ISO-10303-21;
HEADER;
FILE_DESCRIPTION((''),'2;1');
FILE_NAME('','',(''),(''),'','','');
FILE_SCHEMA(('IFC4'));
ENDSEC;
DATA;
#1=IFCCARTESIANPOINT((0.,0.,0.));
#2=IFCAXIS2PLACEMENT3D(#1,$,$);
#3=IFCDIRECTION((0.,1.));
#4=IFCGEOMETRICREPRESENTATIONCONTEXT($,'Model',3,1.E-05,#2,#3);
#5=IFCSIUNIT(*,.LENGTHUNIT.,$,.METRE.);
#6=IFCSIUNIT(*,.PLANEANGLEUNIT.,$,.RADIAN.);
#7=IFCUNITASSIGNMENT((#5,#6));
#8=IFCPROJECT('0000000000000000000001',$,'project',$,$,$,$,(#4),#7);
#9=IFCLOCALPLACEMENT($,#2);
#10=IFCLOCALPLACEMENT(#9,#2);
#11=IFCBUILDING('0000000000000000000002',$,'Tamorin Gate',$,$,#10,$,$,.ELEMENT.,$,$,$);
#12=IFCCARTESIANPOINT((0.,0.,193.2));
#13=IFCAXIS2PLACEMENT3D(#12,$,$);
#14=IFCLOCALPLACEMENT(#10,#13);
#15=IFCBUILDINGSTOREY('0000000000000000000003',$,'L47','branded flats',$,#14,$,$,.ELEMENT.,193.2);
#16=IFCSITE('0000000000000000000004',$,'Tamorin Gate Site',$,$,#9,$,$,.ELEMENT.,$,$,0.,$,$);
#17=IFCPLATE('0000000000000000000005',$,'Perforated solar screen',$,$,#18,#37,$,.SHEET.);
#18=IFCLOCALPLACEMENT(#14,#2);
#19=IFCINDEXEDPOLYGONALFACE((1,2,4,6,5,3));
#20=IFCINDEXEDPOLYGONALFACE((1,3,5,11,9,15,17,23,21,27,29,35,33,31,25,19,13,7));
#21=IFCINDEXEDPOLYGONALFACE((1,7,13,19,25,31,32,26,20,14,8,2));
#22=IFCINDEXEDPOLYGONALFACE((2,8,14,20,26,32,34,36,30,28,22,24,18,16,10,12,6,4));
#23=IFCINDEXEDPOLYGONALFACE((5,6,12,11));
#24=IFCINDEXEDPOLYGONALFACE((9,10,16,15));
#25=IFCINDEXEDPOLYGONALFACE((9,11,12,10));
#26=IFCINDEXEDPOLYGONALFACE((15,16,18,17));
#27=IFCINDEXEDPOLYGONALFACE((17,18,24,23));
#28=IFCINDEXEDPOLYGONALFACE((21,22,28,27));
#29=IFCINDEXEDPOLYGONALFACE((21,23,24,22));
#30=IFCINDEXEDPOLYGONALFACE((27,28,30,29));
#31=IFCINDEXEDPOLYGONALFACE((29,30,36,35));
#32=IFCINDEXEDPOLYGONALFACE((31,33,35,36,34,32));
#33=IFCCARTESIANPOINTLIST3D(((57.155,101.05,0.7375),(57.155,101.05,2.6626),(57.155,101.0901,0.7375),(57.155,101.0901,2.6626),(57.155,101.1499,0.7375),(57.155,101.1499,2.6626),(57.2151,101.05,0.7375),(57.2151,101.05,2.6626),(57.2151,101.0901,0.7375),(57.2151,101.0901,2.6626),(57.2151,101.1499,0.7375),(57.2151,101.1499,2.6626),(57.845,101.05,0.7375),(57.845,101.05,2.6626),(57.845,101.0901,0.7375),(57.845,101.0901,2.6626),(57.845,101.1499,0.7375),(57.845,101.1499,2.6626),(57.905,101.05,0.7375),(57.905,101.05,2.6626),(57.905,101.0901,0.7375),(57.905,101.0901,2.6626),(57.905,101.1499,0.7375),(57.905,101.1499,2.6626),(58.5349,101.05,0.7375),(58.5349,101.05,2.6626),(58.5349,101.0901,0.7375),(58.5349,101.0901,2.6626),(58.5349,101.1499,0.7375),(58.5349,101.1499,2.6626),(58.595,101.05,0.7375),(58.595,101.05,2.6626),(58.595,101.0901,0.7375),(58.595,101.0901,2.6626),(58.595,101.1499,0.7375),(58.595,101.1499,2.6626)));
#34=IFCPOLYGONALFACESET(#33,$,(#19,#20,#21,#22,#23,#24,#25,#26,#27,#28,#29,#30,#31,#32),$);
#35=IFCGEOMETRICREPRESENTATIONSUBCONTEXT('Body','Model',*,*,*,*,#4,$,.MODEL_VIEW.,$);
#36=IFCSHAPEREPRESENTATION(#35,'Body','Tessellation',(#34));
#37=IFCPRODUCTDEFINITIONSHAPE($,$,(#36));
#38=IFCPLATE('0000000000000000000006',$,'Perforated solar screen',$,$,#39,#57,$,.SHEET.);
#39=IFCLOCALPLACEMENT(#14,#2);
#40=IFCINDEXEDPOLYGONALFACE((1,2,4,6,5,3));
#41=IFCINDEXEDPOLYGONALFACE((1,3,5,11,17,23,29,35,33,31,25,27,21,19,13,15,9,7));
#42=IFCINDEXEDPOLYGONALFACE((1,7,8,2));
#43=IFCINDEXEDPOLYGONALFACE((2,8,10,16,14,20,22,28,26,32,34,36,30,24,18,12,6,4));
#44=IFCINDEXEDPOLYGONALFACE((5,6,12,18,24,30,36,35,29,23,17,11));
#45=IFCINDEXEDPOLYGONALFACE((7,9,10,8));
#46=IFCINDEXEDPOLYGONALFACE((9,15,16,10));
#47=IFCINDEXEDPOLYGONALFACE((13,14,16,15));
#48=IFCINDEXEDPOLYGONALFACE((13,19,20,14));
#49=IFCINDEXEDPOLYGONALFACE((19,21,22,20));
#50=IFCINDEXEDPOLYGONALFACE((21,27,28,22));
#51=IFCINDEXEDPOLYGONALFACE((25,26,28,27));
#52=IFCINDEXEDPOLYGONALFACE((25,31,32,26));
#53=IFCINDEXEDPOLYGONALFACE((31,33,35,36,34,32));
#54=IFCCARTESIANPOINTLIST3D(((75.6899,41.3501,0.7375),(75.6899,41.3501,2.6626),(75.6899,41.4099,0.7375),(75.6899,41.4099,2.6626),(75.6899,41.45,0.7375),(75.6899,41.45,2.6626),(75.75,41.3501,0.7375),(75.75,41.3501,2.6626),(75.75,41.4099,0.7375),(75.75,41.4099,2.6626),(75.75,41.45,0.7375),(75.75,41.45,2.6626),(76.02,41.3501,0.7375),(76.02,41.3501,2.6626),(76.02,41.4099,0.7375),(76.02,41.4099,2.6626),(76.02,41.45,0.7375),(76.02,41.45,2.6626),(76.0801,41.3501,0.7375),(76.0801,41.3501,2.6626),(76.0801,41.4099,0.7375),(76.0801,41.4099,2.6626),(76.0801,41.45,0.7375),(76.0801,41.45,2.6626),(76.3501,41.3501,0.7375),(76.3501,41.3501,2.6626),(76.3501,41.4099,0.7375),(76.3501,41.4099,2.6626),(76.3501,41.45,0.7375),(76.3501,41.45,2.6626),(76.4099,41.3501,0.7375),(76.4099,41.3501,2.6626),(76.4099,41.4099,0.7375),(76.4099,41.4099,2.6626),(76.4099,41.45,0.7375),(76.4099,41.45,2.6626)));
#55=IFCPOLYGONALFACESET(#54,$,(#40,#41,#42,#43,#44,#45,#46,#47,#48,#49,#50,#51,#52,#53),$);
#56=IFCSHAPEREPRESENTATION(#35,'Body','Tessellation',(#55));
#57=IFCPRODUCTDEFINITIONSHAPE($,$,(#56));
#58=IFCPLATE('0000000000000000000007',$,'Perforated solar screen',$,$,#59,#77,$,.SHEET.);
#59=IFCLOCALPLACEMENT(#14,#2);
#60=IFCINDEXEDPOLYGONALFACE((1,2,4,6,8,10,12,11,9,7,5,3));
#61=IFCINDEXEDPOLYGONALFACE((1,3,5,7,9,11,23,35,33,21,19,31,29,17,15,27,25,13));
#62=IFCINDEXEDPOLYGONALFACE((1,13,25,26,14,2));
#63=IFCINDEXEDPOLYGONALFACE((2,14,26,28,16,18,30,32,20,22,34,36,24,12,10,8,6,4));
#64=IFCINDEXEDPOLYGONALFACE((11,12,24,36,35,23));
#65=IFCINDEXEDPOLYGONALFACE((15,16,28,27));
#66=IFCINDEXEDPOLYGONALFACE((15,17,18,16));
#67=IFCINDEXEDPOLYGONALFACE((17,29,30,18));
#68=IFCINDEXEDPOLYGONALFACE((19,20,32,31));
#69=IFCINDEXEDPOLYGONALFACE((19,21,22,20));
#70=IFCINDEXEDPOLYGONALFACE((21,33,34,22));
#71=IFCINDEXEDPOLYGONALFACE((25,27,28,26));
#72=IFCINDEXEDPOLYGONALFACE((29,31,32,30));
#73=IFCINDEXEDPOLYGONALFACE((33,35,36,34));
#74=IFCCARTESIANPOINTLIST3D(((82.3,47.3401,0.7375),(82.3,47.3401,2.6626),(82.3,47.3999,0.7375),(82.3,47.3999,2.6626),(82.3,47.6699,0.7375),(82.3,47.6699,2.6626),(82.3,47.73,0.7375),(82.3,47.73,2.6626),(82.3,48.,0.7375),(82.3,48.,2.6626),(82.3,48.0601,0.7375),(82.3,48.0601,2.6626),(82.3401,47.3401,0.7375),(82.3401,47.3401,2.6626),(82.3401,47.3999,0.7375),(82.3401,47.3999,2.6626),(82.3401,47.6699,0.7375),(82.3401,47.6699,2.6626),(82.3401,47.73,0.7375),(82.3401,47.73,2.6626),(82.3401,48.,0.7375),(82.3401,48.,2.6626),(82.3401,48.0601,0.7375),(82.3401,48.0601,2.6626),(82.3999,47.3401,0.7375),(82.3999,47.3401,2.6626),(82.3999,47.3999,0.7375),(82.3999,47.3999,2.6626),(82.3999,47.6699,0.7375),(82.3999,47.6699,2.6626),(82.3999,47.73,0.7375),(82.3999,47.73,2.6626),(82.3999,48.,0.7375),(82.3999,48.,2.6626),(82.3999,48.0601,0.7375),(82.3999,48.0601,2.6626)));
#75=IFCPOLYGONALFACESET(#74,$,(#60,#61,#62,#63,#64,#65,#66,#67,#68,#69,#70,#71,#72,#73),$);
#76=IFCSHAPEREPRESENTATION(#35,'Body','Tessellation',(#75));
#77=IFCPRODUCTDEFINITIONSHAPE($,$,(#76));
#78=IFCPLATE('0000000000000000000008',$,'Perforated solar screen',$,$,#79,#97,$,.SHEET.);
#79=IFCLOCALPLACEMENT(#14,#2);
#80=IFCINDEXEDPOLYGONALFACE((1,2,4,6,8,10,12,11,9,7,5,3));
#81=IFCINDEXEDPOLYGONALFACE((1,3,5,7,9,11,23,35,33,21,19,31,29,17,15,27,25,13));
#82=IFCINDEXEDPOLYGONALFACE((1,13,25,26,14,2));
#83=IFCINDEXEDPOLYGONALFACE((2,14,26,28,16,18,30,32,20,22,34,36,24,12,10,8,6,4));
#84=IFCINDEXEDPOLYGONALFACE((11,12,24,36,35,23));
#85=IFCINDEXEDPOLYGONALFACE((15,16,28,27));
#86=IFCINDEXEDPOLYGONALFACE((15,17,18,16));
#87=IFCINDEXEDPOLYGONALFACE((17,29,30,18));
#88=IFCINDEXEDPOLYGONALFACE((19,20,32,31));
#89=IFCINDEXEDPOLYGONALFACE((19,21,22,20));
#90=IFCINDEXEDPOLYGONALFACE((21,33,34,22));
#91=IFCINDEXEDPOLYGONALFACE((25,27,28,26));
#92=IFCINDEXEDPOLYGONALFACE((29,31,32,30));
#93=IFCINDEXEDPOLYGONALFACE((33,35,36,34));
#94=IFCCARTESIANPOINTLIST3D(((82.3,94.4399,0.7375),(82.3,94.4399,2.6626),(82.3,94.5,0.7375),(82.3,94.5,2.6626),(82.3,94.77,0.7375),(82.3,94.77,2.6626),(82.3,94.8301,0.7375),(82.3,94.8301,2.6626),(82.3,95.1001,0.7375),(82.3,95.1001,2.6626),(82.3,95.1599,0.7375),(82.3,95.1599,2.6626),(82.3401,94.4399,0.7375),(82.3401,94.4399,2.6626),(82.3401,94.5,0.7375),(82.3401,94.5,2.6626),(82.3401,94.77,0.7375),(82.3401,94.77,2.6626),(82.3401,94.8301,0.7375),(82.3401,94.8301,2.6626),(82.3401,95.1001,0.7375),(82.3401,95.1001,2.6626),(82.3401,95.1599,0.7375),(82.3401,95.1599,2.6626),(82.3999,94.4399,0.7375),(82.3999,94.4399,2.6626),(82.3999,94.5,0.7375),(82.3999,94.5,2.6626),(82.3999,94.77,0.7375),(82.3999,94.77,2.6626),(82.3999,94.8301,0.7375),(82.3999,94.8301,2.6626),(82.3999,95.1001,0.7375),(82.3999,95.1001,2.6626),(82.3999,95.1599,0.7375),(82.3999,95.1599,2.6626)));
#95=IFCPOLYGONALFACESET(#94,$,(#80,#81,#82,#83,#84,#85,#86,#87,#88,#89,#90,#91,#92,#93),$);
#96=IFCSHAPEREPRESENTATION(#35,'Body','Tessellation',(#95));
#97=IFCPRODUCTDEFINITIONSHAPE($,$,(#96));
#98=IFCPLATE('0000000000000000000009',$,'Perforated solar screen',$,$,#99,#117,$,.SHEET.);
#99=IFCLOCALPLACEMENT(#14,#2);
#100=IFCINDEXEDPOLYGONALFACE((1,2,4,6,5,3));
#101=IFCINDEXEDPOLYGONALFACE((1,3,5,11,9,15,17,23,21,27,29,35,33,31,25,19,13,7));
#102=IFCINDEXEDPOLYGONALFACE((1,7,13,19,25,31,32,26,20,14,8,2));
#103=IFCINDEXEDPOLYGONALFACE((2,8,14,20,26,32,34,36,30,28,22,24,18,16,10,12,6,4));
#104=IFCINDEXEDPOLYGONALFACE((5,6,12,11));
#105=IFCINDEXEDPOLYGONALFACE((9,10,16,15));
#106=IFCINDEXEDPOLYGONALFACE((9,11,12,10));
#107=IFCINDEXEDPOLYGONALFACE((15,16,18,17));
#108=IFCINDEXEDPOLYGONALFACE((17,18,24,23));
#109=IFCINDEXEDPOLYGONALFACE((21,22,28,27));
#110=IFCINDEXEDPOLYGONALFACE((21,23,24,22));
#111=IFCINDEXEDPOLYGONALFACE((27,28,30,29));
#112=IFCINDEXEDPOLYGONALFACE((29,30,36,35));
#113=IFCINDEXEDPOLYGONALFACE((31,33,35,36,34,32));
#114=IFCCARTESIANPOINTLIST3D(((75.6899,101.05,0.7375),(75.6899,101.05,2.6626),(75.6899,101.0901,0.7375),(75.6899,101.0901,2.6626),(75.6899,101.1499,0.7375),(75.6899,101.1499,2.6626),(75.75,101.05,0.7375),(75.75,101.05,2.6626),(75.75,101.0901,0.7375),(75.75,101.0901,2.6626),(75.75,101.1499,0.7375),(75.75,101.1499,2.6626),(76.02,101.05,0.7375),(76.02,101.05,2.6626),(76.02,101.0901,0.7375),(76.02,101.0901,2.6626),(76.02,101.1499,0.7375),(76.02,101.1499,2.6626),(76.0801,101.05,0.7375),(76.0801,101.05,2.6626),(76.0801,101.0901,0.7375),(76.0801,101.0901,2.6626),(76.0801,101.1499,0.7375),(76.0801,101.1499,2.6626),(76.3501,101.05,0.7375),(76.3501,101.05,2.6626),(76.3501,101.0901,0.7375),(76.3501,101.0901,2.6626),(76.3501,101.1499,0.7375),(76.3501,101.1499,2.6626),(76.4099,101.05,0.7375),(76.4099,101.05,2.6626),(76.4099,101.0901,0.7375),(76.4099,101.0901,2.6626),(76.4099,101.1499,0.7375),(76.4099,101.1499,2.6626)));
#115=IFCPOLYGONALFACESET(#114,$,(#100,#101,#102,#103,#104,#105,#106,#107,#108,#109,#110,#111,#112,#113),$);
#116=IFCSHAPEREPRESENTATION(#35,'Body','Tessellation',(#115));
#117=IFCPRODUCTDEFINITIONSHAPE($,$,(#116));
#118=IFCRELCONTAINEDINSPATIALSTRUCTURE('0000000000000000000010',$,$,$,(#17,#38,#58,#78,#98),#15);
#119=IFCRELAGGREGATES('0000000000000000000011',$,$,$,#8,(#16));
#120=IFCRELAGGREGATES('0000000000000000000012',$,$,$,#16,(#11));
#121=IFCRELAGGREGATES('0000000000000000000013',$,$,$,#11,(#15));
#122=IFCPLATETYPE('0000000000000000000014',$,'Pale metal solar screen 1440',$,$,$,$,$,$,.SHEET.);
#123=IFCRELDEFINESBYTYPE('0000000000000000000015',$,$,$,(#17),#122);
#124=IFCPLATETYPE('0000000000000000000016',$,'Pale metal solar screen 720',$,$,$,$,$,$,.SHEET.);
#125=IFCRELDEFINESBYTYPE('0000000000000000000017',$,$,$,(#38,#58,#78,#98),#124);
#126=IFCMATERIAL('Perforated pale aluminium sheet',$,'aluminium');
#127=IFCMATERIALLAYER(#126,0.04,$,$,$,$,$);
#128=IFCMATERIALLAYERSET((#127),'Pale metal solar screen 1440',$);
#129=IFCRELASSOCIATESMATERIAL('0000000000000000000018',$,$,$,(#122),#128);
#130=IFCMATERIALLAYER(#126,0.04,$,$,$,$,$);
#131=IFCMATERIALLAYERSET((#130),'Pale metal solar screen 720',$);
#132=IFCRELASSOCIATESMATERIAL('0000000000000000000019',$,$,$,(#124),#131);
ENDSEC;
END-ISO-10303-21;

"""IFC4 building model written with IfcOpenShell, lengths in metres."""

from ifc_helpers import new_model, si_unit, direction, frame, origin, place, context, subcontext, project, spatial, polyline, outline, extrude, material, layer, layer_set, type_object, element, save


model = new_model("IFC4")

# Units and contexts
model_context = context("Model", 3, precision=1e-05, world=origin(), true_north=direction((0.0, 1.0)))
body_context = subcontext(model_context, "Body", "Model", "MODEL_VIEW")
ifc_project = project(units=[si_unit("LENGTHUNIT", "METRE"), si_unit("PLANEANGLEUNIT", "RADIAN")], contexts=[model_context])

# Site, building, storey
site_placement = place(None, origin())
site = spatial("IfcSite", under=ifc_project, at=site_placement, Name="Tamorin Gate Site", CompositionType="ELEMENT", RefElevation=0.0)
building_placement = place(site_placement, origin())
building = spatial("IfcBuilding", under=site, at=building_placement, Name="Tamorin Gate", CompositionType="ELEMENT")
storey_placement = place(building_placement, frame((0.0, 0.0, 193.2)))
storey = spatial("IfcBuildingStorey", under=building, at=storey_placement, Name="L47", Description="branded flats", CompositionType="ELEMENT", Elevation=193.2)

# Plates
ifc_material_1 = material(Name="Perforated pale aluminium sheet", Category="aluminium")
ifc_layer_1 = layer(ifc_material_1, 0.04)
ifc_layer_set_1 = layer_set([ifc_layer_1], Name="Pale metal solar screen 1440")
plate_type_1 = type_object("IfcPlateType", Name="Pale metal solar screen 1440", PredefinedType="SHEET", material=ifc_layer_set_1)
plate_1_placement = place(storey_placement, frame((0.0, 0.0, 0.7375)))
element("IfcPlate", 1, at=plate_1_placement, inside=storey, type_object=plate_type_1, Name="Perforated solar screen", PredefinedType="SHEET", context=body_context, shape_type="SweptSolid", body=[
    extrude(outline(polyline([(58.595, 101.0901), (58.595, 101.05), (58.5349, 101.05), (57.905, 101.05), (57.845, 101.05), (57.2151, 101.05), (57.155, 101.05), (57.155, 101.0901), (57.155, 101.1499), (57.2151, 101.1499), (57.2151, 101.0901), (57.845, 101.0901), (57.845, 101.1499), (57.905, 101.1499), (57.905, 101.0901), (58.5349, 101.0901), (58.5349, 101.1499), (58.595, 101.1499), (58.595, 101.0901)])), origin(), (0.0, 0.0, 1.0), 1.925),
])
ifc_layer_2 = layer(ifc_material_1, 0.04)
ifc_layer_set_2 = layer_set([ifc_layer_2], Name="Pale metal solar screen 720")
plate_type_2 = type_object("IfcPlateType", Name="Pale metal solar screen 720", PredefinedType="SHEET", material=ifc_layer_set_2)
plate_2_placement = place(storey_placement, frame((0.0, 0.0, 0.7375)))
element("IfcPlate", 2, at=plate_2_placement, inside=storey, type_object=plate_type_2, Name="Perforated solar screen", PredefinedType="SHEET", context=body_context, shape_type="SweptSolid", body=[
    extrude(outline(polyline([(75.6899, 41.4099), (75.6899, 41.45), (75.75, 41.45), (76.02, 41.45), (76.0801, 41.45), (76.3501, 41.45), (76.4099, 41.45), (76.4099, 41.4099), (76.4099, 41.3501), (76.3501, 41.3501), (76.3501, 41.4099), (76.0801, 41.4099), (76.0801, 41.3501), (76.02, 41.3501), (76.02, 41.4099), (75.75, 41.4099), (75.75, 41.3501), (75.6899, 41.3501), (75.6899, 41.4099)])), origin(), (0.0, 0.0, 1.0), 1.925),
])
plate_3_placement = place(storey_placement, frame((0.0, 0.0, 0.7375)))
element("IfcPlate", 3, at=plate_3_placement, inside=storey, type_object=plate_type_2, Name="Perforated solar screen", PredefinedType="SHEET", context=body_context, shape_type="SweptSolid", body=[
    extrude(outline(polyline([(82.3401, 47.3401), (82.3, 47.3401), (82.3, 47.3999), (82.3, 47.6699), (82.3, 47.73), (82.3, 48.0), (82.3, 48.0601), (82.3401, 48.0601), (82.3999, 48.0601), (82.3999, 48.0), (82.3401, 48.0), (82.3401, 47.73), (82.3999, 47.73), (82.3999, 47.6699), (82.3401, 47.6699), (82.3401, 47.3999), (82.3999, 47.3999), (82.3999, 47.3401), (82.3401, 47.3401)])), origin(), (0.0, 0.0, 1.0), 1.925),
])
plate_4_placement = place(storey_placement, frame((0.0, 0.0, 0.7375)))
element("IfcPlate", 4, at=plate_4_placement, inside=storey, type_object=plate_type_2, Name="Perforated solar screen", PredefinedType="SHEET", context=body_context, shape_type="SweptSolid", body=[
    extrude(outline(polyline([(82.3401, 94.4399), (82.3, 94.4399), (82.3, 94.5), (82.3, 94.77), (82.3, 94.8301), (82.3, 95.1001), (82.3, 95.1599), (82.3401, 95.1599), (82.3999, 95.1599), (82.3999, 95.1001), (82.3401, 95.1001), (82.3401, 94.8301), (82.3999, 94.8301), (82.3999, 94.77), (82.3401, 94.77), (82.3401, 94.5), (82.3999, 94.5), (82.3999, 94.4399), (82.3401, 94.4399)])), origin(), (0.0, 0.0, 1.0), 1.925),
])
plate_5_placement = place(storey_placement, frame((0.0, 0.0, 0.7375)))
element("IfcPlate", 5, at=plate_5_placement, inside=storey, type_object=plate_type_2, Name="Perforated solar screen", PredefinedType="SHEET", context=body_context, shape_type="SweptSolid", body=[
    extrude(outline(polyline([(76.4099, 101.0901), (76.4099, 101.05), (76.3501, 101.05), (76.0801, 101.05), (76.02, 101.05), (75.75, 101.05), (75.6899, 101.05), (75.6899, 101.0901), (75.6899, 101.1499), (75.75, 101.1499), (75.75, 101.0901), (76.02, 101.0901), (76.02, 101.1499), (76.0801, 101.1499), (76.0801, 101.0901), (76.3501, 101.0901), (76.3501, 101.1499), (76.4099, 101.1499), (76.4099, 101.0901)])), origin(), (0.0, 0.0, 1.0), 1.925),
])

save(model, "model.ifc")
